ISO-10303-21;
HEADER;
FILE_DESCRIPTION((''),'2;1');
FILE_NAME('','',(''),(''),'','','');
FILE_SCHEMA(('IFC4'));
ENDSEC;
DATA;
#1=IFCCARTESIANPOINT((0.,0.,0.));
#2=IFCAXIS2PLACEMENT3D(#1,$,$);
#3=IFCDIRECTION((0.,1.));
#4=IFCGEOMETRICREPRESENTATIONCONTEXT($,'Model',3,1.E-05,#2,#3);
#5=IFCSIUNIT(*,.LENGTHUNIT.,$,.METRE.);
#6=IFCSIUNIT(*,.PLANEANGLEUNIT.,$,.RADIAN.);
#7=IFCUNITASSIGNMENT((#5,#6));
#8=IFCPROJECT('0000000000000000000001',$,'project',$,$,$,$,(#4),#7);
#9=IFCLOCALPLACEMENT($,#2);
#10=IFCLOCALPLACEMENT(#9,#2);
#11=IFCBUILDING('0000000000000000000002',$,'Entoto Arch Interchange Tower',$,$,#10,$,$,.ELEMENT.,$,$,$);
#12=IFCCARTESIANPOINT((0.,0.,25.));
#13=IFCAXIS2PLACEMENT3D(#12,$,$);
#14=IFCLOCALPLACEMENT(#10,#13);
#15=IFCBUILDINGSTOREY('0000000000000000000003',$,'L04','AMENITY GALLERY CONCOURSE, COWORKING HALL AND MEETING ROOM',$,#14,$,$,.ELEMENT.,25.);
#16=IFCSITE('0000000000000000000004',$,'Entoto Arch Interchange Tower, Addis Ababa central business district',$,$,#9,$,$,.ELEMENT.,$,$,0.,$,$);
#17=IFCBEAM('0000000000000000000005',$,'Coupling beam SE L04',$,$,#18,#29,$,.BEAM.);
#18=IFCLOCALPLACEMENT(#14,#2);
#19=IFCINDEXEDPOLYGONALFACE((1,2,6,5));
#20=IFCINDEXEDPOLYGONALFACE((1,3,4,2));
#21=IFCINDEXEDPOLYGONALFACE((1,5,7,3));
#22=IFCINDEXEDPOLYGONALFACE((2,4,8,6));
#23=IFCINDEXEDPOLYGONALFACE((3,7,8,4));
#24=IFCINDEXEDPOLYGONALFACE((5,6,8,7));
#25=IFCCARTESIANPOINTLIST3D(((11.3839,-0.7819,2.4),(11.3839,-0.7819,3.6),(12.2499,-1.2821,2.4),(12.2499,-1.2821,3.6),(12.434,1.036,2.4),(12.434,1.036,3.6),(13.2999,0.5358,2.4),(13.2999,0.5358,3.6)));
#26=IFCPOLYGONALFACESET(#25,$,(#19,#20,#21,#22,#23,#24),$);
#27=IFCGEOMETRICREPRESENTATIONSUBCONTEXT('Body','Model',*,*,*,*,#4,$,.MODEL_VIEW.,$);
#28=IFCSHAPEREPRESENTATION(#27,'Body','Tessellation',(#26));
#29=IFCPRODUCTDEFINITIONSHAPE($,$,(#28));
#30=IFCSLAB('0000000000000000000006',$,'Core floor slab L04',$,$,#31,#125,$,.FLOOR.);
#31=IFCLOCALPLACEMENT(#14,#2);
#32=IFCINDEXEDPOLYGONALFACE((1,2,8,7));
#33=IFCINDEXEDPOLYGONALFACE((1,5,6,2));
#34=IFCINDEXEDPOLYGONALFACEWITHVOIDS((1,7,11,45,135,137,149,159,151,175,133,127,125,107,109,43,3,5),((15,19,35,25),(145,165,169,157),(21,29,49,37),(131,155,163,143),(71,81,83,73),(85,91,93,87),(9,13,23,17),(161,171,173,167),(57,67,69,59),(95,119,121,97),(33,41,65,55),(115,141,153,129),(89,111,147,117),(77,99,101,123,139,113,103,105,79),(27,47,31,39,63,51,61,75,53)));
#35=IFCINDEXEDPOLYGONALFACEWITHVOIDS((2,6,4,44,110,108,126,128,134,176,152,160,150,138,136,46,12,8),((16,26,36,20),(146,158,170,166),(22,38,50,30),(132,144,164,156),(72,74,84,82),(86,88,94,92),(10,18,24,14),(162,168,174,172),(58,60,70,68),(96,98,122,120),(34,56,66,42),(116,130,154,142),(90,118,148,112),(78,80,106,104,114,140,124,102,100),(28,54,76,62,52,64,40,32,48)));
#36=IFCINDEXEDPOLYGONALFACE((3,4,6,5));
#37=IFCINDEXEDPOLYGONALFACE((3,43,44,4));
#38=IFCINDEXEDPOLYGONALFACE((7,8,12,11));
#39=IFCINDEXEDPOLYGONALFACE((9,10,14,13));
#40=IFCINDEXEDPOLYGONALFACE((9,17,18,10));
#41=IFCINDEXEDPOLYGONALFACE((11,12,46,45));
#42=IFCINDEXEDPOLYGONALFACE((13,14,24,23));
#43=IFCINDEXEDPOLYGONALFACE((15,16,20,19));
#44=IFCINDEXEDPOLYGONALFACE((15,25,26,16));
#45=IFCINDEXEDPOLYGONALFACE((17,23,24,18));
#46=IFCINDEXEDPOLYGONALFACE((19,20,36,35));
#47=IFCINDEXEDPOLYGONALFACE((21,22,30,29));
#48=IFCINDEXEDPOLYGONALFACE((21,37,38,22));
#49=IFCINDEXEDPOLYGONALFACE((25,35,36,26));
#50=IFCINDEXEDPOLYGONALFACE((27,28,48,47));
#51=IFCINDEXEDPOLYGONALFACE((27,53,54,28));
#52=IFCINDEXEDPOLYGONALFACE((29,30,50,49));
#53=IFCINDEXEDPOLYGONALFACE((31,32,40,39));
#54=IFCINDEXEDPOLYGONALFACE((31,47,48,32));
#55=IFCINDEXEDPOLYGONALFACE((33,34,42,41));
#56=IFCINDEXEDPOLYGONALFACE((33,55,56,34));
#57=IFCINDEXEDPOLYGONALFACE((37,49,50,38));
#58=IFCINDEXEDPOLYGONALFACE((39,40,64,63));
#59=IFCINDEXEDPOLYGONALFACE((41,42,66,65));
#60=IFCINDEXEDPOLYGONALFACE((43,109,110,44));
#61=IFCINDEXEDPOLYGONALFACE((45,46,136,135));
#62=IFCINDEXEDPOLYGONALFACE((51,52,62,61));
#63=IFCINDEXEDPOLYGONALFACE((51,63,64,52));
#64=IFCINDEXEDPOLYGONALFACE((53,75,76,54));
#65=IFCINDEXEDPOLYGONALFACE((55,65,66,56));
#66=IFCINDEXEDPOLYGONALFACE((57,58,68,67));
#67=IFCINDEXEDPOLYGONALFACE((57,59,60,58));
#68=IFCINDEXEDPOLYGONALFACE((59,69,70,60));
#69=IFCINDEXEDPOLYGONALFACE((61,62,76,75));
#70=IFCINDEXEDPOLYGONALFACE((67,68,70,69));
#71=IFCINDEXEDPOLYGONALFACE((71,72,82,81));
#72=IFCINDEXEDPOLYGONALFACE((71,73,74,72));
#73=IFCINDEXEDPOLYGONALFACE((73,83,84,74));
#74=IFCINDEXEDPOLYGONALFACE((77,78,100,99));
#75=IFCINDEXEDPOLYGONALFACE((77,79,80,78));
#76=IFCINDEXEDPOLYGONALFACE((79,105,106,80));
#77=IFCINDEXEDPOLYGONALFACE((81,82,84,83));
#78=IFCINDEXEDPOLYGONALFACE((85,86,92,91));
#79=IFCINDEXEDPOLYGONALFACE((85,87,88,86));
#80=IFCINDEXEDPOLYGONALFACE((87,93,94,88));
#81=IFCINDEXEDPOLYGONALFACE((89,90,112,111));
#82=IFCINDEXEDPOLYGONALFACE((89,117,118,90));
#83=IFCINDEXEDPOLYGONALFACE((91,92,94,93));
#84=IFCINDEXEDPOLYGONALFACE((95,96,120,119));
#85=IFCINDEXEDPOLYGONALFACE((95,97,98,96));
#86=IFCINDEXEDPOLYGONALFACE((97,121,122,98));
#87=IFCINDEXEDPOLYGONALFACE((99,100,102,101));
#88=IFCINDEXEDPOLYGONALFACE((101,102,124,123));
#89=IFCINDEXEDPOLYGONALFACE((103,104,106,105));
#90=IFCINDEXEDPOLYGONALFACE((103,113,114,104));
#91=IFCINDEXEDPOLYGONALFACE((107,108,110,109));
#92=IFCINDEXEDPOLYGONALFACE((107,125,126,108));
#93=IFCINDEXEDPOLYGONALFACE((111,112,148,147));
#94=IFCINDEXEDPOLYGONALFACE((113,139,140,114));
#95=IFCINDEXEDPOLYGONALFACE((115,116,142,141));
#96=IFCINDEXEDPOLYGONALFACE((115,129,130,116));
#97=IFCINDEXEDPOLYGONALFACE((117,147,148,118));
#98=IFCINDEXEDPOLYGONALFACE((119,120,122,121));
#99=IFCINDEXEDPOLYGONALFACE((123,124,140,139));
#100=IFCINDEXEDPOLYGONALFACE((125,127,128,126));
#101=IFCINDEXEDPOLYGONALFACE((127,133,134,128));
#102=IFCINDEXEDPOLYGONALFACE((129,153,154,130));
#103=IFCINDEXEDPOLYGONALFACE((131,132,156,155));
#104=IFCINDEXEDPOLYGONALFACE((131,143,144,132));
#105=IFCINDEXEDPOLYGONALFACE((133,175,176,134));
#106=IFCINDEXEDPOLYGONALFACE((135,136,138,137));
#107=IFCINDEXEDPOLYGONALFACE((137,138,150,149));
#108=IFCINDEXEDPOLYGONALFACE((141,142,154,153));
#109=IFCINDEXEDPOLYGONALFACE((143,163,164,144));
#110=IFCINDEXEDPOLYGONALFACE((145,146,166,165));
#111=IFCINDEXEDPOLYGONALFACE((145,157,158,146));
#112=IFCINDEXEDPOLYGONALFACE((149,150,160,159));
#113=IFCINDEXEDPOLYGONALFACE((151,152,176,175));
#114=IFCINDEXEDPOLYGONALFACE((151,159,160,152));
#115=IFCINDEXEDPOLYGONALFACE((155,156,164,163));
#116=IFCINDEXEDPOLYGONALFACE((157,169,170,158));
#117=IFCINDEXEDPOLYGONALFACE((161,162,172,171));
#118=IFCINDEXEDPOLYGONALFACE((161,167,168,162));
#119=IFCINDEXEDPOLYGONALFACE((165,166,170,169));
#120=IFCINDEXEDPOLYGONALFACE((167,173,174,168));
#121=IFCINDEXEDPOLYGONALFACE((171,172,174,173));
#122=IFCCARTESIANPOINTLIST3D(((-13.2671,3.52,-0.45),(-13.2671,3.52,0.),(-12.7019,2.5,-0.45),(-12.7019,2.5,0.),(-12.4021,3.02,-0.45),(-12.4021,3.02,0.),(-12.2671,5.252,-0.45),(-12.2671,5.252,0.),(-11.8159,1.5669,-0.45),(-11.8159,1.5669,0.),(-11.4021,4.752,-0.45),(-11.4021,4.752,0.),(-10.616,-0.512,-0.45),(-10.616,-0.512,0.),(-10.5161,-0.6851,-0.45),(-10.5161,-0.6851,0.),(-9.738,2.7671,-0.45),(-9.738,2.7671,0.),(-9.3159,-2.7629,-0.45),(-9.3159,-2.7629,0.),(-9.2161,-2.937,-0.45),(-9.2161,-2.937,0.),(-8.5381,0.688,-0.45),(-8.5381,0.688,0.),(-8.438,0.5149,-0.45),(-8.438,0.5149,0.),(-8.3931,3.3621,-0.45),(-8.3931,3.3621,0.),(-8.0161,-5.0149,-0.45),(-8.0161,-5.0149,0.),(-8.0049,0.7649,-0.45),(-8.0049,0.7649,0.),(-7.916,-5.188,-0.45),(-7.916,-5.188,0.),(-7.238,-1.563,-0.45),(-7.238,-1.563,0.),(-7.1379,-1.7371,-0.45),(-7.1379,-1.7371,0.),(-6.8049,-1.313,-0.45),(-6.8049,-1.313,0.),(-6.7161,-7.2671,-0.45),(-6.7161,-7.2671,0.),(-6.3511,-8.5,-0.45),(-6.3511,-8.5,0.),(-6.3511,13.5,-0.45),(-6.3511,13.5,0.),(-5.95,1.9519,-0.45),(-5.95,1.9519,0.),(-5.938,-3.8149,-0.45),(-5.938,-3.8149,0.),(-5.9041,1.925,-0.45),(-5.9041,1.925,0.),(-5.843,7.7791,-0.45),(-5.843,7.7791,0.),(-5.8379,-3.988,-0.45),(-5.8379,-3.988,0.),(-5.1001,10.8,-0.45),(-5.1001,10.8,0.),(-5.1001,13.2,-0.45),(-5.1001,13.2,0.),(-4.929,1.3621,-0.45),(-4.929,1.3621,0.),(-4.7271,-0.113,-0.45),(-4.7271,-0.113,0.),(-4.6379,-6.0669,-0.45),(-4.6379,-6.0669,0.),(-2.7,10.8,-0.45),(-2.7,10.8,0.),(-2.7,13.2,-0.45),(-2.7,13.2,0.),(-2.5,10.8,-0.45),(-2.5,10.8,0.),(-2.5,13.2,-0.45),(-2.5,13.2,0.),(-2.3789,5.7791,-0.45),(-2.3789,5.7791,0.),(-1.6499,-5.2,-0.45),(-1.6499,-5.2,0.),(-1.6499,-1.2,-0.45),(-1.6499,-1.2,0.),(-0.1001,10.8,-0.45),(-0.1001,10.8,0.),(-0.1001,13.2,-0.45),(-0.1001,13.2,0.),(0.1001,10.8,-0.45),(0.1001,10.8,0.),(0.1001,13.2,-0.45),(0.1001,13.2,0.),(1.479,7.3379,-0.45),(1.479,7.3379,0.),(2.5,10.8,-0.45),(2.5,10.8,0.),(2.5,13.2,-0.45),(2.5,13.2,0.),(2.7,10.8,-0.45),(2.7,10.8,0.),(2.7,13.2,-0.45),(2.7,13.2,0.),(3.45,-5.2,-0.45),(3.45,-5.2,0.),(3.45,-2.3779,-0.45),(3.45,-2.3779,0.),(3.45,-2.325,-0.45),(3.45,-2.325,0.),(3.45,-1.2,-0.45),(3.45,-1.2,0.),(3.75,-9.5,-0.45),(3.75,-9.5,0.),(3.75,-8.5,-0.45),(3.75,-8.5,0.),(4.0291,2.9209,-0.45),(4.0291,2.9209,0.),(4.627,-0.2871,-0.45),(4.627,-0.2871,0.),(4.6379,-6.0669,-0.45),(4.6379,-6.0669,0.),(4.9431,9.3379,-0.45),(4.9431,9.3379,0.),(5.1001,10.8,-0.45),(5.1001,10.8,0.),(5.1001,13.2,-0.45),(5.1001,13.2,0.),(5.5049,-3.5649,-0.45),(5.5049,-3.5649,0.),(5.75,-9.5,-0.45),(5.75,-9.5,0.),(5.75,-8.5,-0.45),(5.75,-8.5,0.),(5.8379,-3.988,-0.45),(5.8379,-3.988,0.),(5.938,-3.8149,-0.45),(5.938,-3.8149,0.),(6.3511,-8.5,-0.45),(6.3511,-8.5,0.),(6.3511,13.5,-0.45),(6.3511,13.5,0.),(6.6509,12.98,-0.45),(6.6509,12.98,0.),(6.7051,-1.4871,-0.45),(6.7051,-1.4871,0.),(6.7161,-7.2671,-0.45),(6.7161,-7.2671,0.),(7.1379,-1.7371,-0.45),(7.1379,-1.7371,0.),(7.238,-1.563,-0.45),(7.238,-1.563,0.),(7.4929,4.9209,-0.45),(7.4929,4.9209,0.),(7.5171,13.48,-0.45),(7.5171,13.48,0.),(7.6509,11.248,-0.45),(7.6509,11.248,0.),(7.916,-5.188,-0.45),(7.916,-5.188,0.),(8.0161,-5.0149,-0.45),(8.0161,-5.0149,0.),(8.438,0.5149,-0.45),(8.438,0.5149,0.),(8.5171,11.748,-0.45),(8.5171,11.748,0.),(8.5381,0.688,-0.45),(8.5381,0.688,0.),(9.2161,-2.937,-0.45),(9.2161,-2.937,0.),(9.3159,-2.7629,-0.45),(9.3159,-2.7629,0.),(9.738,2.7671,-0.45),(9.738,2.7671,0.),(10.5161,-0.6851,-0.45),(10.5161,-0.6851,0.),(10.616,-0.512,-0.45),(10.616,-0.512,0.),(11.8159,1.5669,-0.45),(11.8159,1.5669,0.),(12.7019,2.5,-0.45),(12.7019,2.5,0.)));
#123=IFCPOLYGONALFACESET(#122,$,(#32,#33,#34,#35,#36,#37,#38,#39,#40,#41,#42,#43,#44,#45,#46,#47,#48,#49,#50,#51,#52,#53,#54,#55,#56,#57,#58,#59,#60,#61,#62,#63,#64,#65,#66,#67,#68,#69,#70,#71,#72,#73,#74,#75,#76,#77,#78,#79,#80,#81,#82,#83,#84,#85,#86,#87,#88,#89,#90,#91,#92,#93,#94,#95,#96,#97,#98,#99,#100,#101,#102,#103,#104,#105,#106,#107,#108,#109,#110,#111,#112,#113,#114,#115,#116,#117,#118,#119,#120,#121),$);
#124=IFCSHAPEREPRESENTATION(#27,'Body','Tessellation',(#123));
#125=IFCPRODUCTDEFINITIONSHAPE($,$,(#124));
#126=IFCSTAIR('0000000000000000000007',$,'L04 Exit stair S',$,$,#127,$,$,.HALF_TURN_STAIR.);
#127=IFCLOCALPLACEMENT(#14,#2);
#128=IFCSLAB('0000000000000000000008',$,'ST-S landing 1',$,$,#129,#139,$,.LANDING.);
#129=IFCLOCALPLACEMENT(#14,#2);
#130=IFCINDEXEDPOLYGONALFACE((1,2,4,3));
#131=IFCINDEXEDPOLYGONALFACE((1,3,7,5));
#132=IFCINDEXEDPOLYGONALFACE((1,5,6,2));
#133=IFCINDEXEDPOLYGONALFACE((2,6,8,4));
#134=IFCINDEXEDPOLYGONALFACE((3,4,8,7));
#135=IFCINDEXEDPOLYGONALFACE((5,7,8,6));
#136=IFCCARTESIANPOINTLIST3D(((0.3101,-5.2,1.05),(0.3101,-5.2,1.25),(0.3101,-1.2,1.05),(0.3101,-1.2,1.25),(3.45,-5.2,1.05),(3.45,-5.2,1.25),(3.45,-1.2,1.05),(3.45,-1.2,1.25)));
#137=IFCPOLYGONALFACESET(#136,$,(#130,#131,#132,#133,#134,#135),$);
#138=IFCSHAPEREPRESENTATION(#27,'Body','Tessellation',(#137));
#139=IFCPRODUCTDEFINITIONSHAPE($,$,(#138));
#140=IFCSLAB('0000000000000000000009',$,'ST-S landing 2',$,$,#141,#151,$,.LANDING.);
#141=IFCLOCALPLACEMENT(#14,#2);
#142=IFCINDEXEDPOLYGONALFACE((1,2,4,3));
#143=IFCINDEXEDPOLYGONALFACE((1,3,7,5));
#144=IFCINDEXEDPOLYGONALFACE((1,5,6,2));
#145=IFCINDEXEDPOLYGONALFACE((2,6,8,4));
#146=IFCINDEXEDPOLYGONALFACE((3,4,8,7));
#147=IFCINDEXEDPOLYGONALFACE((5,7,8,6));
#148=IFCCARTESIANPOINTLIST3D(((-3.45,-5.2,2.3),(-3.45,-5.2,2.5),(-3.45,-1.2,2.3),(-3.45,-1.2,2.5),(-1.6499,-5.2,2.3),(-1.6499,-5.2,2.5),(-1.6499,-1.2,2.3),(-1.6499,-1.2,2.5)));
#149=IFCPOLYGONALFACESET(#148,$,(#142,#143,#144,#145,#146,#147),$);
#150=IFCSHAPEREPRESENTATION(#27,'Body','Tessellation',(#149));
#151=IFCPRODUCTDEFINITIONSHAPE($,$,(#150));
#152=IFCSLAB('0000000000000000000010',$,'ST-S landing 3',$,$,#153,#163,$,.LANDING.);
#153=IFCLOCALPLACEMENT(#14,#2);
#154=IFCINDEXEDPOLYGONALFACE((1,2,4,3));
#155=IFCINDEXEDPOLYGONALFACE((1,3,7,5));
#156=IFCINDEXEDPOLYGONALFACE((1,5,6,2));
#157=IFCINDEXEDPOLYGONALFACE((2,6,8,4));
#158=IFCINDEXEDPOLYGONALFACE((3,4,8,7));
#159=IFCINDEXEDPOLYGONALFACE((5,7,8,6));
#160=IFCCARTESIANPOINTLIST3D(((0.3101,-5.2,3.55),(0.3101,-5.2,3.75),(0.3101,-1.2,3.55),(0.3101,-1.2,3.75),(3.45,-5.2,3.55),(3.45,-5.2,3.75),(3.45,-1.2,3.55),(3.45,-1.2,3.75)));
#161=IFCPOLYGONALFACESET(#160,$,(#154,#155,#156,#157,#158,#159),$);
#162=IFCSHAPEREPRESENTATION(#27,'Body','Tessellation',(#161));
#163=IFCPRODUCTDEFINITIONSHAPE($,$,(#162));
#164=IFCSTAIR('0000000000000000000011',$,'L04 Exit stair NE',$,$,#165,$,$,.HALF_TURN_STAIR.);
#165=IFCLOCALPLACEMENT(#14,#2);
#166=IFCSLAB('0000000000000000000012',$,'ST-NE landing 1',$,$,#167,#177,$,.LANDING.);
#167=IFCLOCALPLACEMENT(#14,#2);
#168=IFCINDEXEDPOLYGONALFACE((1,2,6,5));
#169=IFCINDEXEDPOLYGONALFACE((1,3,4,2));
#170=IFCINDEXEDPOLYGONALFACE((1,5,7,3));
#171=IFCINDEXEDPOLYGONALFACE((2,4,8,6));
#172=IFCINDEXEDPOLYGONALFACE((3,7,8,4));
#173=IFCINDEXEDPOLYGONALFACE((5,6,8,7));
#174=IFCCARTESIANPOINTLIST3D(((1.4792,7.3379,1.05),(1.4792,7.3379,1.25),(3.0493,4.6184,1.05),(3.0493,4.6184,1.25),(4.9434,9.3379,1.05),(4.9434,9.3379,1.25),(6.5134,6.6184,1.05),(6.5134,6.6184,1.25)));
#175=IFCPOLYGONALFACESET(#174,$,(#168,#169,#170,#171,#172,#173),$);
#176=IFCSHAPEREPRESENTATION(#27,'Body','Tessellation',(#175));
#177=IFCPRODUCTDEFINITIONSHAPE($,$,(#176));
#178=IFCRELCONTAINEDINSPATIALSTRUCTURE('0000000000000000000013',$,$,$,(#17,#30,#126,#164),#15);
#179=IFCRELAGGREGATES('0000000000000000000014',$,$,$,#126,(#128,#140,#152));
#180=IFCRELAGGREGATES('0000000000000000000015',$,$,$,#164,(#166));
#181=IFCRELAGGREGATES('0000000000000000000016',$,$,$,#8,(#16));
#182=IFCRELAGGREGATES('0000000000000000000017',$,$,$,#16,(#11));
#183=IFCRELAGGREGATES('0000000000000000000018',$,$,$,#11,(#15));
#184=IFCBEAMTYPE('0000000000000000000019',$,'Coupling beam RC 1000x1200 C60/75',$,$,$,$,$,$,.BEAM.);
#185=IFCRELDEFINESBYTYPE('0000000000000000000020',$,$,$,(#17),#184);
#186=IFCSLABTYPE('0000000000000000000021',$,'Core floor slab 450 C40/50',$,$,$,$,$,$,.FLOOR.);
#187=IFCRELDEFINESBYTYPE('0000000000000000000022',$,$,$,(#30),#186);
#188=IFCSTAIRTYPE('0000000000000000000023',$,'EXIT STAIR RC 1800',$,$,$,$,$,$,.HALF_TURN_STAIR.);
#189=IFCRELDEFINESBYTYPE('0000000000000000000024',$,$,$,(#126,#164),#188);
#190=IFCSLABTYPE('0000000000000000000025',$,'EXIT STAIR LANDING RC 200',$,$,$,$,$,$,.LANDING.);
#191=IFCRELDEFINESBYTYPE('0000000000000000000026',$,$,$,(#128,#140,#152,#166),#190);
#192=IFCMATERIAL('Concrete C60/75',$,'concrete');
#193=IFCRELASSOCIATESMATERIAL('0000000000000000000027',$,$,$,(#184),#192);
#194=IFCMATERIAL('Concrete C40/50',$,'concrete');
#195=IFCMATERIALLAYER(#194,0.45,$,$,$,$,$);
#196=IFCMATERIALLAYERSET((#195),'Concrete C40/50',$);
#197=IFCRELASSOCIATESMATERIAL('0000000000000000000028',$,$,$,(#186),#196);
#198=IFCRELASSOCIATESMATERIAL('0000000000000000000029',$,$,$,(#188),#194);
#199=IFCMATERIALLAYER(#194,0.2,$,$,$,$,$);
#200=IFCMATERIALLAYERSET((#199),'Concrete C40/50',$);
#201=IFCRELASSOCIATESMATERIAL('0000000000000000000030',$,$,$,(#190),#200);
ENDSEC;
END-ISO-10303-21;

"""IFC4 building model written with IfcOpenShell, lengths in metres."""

from ifc_helpers import new_model, si_unit, direction, frame, origin, origin_2d, place, context, subcontext, project, spatial, polyline, rectangle, outline, extrude, material, layer, layer_set, material_profile, profile_set, type_object, element, aggregate, save


model = new_model("IFC4")

# Units and contexts
model_context = context("Model", 3, precision=1e-05, world=origin(), true_north=direction((0.0, 1.0)))
body_context = subcontext(model_context, "Body", "Model", "MODEL_VIEW")
ifc_project = project(units=[si_unit("LENGTHUNIT", "METRE"), si_unit("PLANEANGLEUNIT", "RADIAN")], contexts=[model_context])

# Site, building, storey
site_placement = place(None, origin())
site = spatial("IfcSite", under=ifc_project, at=site_placement, Name="Entoto Arch Interchange Tower, Addis Ababa central business district", CompositionType="ELEMENT", RefElevation=0.0)
building_placement = place(site_placement, origin())
building = spatial("IfcBuilding", under=site, at=building_placement, Name="Entoto Arch Interchange Tower", CompositionType="ELEMENT")
storey_placement = place(building_placement, frame((0.0, 0.0, 25.0)))
storey = spatial("IfcBuildingStorey", under=building, at=storey_placement, Name="L04", Description="AMENITY GALLERY CONCOURSE, COWORKING HALL AND MEETING ROOM", CompositionType="ELEMENT", Elevation=25.0)

# Beam
ifc_material_1 = material(Name="Concrete C60/75", Category="concrete")
ifc_material_profile = material_profile(ifc_material_1, rectangle(XDim=1.0, YDim=1.2, at=origin_2d()))
ifc_profile_set = profile_set([ifc_material_profile], Name="Concrete C60/75")
beam_type = type_object("IfcBeamType", Name="Coupling beam RC 1000x1200 C60/75", PredefinedType="BEAM", material=ifc_profile_set)
beam_placement = place(storey_placement, frame((11.8169, -1.032, 3.0), z_axis=(0.500179, 0.865922, 0.0), x_axis=(-0.865922, 0.500179, 0.0)))
element("IfcBeam", 1, at=beam_placement, inside=storey, type_object=beam_type, Name="Coupling beam SE L04", PredefinedType="BEAM", context=body_context, shape_type="SweptSolid", body=[
    extrude(rectangle(XDim=1.0, YDim=1.2, at=origin_2d()), origin(), (0.0, 0.0, 1.0), 2.0994),
])

# Slab
ifc_material_2 = material(Name="Concrete C40/50", Category="concrete")
ifc_layer_1 = layer(ifc_material_2, 0.45)
ifc_layer_set_1 = layer_set([ifc_layer_1], Name="Concrete C40/50")
slab_type_1 = type_object("IfcSlabType", Name="Core floor slab 450 C40/50", PredefinedType="FLOOR", material=ifc_layer_set_1)
slab_1_placement = place(storey_placement, frame((0.0, 0.0, -0.45)))
element("IfcSlab", 2, at=slab_1_placement, inside=storey, type_object=slab_type_1, Name="Core floor slab L04", PredefinedType="FLOOR", context=body_context, shape_type="SweptSolid", body=[
    extrude(outline(polyline([(5.75, -9.5), (3.75, -9.5), (3.75, -8.5), (-6.3511, -8.5), (-12.7019, 2.5), (-12.4021, 3.02), (-13.2671, 3.52), (-12.2671, 5.252), (-11.4021, 4.752), (-6.3511, 13.5), (6.3511, 13.5), (6.6509, 12.98), (7.5171, 13.48), (8.5171, 11.748), (7.6509, 11.248), (12.7019, 2.5), (6.3511, -8.5), (5.75, -8.5), (5.75, -9.5)]), holes=[polyline([(-4.6379, -6.0669), (-5.8379, -3.988), (-7.916, -5.188), (-6.7161, -7.2671), (-4.6379, -6.0669)]), polyline([(-5.938, -3.8149), (-7.1379, -1.7371), (-9.2161, -2.937), (-8.0161, -5.0149), (-5.938, -3.8149)]), polyline([(5.5049, -3.5649), (6.7051, -1.4871), (4.627, -0.2871), (3.45, -2.325), (3.45, -1.2), (-1.6499, -1.2), (-1.6499, -5.2), (3.45, -5.2), (3.45, -2.3779), (5.5049, -3.5649)]), polyline([(-7.238, -1.563), (-8.438, 0.5149), (-10.5161, -0.6851), (-9.3159, -2.7629), (-7.238, -1.563)]), polyline([(-4.7271, -0.113), (-5.9041, 1.925), (-4.929, 1.3621), (-2.3789, 5.7791), (-5.843, 7.7791), (-8.3931, 3.3621), (-5.95, 1.9519), (-8.0049, 0.7649), (-6.8049, -1.313), (-4.7271, -0.113)]), polyline([(-8.5381, 0.688), (-9.738, 2.7671), (-11.8159, 1.5669), (-10.616, -0.512), (-8.5381, 0.688)]), polyline([(-5.1001, 10.8), (-2.7, 10.8), (-2.7, 13.2), (-5.1001, 13.2), (-5.1001, 10.8)]), polyline([(-2.5, 10.8), (-0.1001, 10.8), (-0.1001, 13.2), (-2.5, 13.2), (-2.5, 10.8)]), polyline([(5.8379, -3.988), (4.6379, -6.0669), (6.7161, -7.2671), (7.916, -5.188), (5.8379, -3.988)]), polyline([(7.1379, -1.7371), (5.938, -3.8149), (8.0161, -5.0149), (9.2161, -2.937), (7.1379, -1.7371)]), polyline([(8.438, 0.5149), (7.238, -1.563), (9.3159, -2.7629), (10.5161, -0.6851), (8.438, 0.5149)]), polyline([(9.738, 2.7671), (8.5381, 0.688), (10.616, -0.512), (11.8159, 1.5669), (9.738, 2.7671)]), polyline([(4.0291, 2.9209), (7.4929, 4.9209), (4.9431, 9.3379), (1.479, 7.3379), (4.0291, 2.9209)]), polyline([(0.1001, 13.2), (0.1001, 10.8), (2.5, 10.8), (2.5, 13.2), (0.1001, 13.2)]), polyline([(2.7, 13.2), (2.7, 10.8), (5.1001, 10.8), (5.1001, 13.2), (2.7, 13.2)])]), origin(), (0.0, 0.0, 1.0), 0.45),
])

# Stairs, slabs
stair_type = type_object("IfcStairType", Name="EXIT STAIR RC 1800", PredefinedType="HALF_TURN_STAIR", material=ifc_material_2)
stair_1_placement = place(storey_placement, origin())
stair_1 = element("IfcStair", 3, at=stair_1_placement, inside=storey, type_object=stair_type, Name="L04 Exit stair S", PredefinedType="HALF_TURN_STAIR")
ifc_layer_2 = layer(ifc_material_2, 0.2)
ifc_layer_set_2 = layer_set([ifc_layer_2], Name="Concrete C40/50")
slab_type_2 = type_object("IfcSlabType", Name="EXIT STAIR LANDING RC 200", PredefinedType="LANDING", material=ifc_layer_set_2)
slab_2_placement = place(storey_placement, frame((0.0, 0.0, 1.05)))
slab_2 = element("IfcSlab", 4, at=slab_2_placement, type_object=slab_type_2, Name="ST-S landing 1", PredefinedType="LANDING", context=body_context, shape_type="SweptSolid", body=[
    extrude(outline(polyline([(0.3101, -5.2), (3.45, -5.2), (3.45, -1.2), (0.3101, -1.2), (0.3101, -5.2)])), origin(), (0.0, 0.0, 1.0), 0.2),
])
slab_3_placement = place(storey_placement, frame((0.0, 0.0, 2.3)))
slab_3 = element("IfcSlab", 5, at=slab_3_placement, type_object=slab_type_2, Name="ST-S landing 2", PredefinedType="LANDING", context=body_context, shape_type="SweptSolid", body=[
    extrude(outline(polyline([(-3.45, -5.2), (-1.6499, -5.2), (-1.6499, -1.2), (-3.45, -1.2), (-3.45, -5.2)])), origin(), (0.0, 0.0, 1.0), 0.2),
])
slab_4_placement = place(storey_placement, frame((0.0, 0.0, 3.55)))
slab_4 = element("IfcSlab", 6, at=slab_4_placement, type_object=slab_type_2, Name="ST-S landing 3", PredefinedType="LANDING", context=body_context, shape_type="SweptSolid", body=[
    extrude(outline(polyline([(0.3101, -5.2), (3.45, -5.2), (3.45, -1.2), (0.3101, -1.2), (0.3101, -5.2)])), origin(), (0.0, 0.0, 1.0), 0.2),
])
aggregate(stair_1, [slab_2, slab_3, slab_4])
stair_2_placement = place(storey_placement, origin())
stair_2 = element("IfcStair", 7, at=stair_2_placement, inside=storey, type_object=stair_type, Name="L04 Exit stair NE", PredefinedType="HALF_TURN_STAIR")
slab_5_placement = place(storey_placement, frame((0.0, 0.0, 1.05)))
slab_5 = element("IfcSlab", 8, at=slab_5_placement, type_object=slab_type_2, Name="ST-NE landing 1", PredefinedType="LANDING", context=body_context, shape_type="SweptSolid", body=[
    extrude(outline(polyline([(6.5134, 6.6184), (4.9434, 9.3379), (1.4792, 7.3379), (3.0493, 4.6184), (6.5134, 6.6184)])), origin(), (0.0, 0.0, 1.0), 0.2),
])
aggregate(stair_2, [slab_5])

save(model, "model.ifc")
